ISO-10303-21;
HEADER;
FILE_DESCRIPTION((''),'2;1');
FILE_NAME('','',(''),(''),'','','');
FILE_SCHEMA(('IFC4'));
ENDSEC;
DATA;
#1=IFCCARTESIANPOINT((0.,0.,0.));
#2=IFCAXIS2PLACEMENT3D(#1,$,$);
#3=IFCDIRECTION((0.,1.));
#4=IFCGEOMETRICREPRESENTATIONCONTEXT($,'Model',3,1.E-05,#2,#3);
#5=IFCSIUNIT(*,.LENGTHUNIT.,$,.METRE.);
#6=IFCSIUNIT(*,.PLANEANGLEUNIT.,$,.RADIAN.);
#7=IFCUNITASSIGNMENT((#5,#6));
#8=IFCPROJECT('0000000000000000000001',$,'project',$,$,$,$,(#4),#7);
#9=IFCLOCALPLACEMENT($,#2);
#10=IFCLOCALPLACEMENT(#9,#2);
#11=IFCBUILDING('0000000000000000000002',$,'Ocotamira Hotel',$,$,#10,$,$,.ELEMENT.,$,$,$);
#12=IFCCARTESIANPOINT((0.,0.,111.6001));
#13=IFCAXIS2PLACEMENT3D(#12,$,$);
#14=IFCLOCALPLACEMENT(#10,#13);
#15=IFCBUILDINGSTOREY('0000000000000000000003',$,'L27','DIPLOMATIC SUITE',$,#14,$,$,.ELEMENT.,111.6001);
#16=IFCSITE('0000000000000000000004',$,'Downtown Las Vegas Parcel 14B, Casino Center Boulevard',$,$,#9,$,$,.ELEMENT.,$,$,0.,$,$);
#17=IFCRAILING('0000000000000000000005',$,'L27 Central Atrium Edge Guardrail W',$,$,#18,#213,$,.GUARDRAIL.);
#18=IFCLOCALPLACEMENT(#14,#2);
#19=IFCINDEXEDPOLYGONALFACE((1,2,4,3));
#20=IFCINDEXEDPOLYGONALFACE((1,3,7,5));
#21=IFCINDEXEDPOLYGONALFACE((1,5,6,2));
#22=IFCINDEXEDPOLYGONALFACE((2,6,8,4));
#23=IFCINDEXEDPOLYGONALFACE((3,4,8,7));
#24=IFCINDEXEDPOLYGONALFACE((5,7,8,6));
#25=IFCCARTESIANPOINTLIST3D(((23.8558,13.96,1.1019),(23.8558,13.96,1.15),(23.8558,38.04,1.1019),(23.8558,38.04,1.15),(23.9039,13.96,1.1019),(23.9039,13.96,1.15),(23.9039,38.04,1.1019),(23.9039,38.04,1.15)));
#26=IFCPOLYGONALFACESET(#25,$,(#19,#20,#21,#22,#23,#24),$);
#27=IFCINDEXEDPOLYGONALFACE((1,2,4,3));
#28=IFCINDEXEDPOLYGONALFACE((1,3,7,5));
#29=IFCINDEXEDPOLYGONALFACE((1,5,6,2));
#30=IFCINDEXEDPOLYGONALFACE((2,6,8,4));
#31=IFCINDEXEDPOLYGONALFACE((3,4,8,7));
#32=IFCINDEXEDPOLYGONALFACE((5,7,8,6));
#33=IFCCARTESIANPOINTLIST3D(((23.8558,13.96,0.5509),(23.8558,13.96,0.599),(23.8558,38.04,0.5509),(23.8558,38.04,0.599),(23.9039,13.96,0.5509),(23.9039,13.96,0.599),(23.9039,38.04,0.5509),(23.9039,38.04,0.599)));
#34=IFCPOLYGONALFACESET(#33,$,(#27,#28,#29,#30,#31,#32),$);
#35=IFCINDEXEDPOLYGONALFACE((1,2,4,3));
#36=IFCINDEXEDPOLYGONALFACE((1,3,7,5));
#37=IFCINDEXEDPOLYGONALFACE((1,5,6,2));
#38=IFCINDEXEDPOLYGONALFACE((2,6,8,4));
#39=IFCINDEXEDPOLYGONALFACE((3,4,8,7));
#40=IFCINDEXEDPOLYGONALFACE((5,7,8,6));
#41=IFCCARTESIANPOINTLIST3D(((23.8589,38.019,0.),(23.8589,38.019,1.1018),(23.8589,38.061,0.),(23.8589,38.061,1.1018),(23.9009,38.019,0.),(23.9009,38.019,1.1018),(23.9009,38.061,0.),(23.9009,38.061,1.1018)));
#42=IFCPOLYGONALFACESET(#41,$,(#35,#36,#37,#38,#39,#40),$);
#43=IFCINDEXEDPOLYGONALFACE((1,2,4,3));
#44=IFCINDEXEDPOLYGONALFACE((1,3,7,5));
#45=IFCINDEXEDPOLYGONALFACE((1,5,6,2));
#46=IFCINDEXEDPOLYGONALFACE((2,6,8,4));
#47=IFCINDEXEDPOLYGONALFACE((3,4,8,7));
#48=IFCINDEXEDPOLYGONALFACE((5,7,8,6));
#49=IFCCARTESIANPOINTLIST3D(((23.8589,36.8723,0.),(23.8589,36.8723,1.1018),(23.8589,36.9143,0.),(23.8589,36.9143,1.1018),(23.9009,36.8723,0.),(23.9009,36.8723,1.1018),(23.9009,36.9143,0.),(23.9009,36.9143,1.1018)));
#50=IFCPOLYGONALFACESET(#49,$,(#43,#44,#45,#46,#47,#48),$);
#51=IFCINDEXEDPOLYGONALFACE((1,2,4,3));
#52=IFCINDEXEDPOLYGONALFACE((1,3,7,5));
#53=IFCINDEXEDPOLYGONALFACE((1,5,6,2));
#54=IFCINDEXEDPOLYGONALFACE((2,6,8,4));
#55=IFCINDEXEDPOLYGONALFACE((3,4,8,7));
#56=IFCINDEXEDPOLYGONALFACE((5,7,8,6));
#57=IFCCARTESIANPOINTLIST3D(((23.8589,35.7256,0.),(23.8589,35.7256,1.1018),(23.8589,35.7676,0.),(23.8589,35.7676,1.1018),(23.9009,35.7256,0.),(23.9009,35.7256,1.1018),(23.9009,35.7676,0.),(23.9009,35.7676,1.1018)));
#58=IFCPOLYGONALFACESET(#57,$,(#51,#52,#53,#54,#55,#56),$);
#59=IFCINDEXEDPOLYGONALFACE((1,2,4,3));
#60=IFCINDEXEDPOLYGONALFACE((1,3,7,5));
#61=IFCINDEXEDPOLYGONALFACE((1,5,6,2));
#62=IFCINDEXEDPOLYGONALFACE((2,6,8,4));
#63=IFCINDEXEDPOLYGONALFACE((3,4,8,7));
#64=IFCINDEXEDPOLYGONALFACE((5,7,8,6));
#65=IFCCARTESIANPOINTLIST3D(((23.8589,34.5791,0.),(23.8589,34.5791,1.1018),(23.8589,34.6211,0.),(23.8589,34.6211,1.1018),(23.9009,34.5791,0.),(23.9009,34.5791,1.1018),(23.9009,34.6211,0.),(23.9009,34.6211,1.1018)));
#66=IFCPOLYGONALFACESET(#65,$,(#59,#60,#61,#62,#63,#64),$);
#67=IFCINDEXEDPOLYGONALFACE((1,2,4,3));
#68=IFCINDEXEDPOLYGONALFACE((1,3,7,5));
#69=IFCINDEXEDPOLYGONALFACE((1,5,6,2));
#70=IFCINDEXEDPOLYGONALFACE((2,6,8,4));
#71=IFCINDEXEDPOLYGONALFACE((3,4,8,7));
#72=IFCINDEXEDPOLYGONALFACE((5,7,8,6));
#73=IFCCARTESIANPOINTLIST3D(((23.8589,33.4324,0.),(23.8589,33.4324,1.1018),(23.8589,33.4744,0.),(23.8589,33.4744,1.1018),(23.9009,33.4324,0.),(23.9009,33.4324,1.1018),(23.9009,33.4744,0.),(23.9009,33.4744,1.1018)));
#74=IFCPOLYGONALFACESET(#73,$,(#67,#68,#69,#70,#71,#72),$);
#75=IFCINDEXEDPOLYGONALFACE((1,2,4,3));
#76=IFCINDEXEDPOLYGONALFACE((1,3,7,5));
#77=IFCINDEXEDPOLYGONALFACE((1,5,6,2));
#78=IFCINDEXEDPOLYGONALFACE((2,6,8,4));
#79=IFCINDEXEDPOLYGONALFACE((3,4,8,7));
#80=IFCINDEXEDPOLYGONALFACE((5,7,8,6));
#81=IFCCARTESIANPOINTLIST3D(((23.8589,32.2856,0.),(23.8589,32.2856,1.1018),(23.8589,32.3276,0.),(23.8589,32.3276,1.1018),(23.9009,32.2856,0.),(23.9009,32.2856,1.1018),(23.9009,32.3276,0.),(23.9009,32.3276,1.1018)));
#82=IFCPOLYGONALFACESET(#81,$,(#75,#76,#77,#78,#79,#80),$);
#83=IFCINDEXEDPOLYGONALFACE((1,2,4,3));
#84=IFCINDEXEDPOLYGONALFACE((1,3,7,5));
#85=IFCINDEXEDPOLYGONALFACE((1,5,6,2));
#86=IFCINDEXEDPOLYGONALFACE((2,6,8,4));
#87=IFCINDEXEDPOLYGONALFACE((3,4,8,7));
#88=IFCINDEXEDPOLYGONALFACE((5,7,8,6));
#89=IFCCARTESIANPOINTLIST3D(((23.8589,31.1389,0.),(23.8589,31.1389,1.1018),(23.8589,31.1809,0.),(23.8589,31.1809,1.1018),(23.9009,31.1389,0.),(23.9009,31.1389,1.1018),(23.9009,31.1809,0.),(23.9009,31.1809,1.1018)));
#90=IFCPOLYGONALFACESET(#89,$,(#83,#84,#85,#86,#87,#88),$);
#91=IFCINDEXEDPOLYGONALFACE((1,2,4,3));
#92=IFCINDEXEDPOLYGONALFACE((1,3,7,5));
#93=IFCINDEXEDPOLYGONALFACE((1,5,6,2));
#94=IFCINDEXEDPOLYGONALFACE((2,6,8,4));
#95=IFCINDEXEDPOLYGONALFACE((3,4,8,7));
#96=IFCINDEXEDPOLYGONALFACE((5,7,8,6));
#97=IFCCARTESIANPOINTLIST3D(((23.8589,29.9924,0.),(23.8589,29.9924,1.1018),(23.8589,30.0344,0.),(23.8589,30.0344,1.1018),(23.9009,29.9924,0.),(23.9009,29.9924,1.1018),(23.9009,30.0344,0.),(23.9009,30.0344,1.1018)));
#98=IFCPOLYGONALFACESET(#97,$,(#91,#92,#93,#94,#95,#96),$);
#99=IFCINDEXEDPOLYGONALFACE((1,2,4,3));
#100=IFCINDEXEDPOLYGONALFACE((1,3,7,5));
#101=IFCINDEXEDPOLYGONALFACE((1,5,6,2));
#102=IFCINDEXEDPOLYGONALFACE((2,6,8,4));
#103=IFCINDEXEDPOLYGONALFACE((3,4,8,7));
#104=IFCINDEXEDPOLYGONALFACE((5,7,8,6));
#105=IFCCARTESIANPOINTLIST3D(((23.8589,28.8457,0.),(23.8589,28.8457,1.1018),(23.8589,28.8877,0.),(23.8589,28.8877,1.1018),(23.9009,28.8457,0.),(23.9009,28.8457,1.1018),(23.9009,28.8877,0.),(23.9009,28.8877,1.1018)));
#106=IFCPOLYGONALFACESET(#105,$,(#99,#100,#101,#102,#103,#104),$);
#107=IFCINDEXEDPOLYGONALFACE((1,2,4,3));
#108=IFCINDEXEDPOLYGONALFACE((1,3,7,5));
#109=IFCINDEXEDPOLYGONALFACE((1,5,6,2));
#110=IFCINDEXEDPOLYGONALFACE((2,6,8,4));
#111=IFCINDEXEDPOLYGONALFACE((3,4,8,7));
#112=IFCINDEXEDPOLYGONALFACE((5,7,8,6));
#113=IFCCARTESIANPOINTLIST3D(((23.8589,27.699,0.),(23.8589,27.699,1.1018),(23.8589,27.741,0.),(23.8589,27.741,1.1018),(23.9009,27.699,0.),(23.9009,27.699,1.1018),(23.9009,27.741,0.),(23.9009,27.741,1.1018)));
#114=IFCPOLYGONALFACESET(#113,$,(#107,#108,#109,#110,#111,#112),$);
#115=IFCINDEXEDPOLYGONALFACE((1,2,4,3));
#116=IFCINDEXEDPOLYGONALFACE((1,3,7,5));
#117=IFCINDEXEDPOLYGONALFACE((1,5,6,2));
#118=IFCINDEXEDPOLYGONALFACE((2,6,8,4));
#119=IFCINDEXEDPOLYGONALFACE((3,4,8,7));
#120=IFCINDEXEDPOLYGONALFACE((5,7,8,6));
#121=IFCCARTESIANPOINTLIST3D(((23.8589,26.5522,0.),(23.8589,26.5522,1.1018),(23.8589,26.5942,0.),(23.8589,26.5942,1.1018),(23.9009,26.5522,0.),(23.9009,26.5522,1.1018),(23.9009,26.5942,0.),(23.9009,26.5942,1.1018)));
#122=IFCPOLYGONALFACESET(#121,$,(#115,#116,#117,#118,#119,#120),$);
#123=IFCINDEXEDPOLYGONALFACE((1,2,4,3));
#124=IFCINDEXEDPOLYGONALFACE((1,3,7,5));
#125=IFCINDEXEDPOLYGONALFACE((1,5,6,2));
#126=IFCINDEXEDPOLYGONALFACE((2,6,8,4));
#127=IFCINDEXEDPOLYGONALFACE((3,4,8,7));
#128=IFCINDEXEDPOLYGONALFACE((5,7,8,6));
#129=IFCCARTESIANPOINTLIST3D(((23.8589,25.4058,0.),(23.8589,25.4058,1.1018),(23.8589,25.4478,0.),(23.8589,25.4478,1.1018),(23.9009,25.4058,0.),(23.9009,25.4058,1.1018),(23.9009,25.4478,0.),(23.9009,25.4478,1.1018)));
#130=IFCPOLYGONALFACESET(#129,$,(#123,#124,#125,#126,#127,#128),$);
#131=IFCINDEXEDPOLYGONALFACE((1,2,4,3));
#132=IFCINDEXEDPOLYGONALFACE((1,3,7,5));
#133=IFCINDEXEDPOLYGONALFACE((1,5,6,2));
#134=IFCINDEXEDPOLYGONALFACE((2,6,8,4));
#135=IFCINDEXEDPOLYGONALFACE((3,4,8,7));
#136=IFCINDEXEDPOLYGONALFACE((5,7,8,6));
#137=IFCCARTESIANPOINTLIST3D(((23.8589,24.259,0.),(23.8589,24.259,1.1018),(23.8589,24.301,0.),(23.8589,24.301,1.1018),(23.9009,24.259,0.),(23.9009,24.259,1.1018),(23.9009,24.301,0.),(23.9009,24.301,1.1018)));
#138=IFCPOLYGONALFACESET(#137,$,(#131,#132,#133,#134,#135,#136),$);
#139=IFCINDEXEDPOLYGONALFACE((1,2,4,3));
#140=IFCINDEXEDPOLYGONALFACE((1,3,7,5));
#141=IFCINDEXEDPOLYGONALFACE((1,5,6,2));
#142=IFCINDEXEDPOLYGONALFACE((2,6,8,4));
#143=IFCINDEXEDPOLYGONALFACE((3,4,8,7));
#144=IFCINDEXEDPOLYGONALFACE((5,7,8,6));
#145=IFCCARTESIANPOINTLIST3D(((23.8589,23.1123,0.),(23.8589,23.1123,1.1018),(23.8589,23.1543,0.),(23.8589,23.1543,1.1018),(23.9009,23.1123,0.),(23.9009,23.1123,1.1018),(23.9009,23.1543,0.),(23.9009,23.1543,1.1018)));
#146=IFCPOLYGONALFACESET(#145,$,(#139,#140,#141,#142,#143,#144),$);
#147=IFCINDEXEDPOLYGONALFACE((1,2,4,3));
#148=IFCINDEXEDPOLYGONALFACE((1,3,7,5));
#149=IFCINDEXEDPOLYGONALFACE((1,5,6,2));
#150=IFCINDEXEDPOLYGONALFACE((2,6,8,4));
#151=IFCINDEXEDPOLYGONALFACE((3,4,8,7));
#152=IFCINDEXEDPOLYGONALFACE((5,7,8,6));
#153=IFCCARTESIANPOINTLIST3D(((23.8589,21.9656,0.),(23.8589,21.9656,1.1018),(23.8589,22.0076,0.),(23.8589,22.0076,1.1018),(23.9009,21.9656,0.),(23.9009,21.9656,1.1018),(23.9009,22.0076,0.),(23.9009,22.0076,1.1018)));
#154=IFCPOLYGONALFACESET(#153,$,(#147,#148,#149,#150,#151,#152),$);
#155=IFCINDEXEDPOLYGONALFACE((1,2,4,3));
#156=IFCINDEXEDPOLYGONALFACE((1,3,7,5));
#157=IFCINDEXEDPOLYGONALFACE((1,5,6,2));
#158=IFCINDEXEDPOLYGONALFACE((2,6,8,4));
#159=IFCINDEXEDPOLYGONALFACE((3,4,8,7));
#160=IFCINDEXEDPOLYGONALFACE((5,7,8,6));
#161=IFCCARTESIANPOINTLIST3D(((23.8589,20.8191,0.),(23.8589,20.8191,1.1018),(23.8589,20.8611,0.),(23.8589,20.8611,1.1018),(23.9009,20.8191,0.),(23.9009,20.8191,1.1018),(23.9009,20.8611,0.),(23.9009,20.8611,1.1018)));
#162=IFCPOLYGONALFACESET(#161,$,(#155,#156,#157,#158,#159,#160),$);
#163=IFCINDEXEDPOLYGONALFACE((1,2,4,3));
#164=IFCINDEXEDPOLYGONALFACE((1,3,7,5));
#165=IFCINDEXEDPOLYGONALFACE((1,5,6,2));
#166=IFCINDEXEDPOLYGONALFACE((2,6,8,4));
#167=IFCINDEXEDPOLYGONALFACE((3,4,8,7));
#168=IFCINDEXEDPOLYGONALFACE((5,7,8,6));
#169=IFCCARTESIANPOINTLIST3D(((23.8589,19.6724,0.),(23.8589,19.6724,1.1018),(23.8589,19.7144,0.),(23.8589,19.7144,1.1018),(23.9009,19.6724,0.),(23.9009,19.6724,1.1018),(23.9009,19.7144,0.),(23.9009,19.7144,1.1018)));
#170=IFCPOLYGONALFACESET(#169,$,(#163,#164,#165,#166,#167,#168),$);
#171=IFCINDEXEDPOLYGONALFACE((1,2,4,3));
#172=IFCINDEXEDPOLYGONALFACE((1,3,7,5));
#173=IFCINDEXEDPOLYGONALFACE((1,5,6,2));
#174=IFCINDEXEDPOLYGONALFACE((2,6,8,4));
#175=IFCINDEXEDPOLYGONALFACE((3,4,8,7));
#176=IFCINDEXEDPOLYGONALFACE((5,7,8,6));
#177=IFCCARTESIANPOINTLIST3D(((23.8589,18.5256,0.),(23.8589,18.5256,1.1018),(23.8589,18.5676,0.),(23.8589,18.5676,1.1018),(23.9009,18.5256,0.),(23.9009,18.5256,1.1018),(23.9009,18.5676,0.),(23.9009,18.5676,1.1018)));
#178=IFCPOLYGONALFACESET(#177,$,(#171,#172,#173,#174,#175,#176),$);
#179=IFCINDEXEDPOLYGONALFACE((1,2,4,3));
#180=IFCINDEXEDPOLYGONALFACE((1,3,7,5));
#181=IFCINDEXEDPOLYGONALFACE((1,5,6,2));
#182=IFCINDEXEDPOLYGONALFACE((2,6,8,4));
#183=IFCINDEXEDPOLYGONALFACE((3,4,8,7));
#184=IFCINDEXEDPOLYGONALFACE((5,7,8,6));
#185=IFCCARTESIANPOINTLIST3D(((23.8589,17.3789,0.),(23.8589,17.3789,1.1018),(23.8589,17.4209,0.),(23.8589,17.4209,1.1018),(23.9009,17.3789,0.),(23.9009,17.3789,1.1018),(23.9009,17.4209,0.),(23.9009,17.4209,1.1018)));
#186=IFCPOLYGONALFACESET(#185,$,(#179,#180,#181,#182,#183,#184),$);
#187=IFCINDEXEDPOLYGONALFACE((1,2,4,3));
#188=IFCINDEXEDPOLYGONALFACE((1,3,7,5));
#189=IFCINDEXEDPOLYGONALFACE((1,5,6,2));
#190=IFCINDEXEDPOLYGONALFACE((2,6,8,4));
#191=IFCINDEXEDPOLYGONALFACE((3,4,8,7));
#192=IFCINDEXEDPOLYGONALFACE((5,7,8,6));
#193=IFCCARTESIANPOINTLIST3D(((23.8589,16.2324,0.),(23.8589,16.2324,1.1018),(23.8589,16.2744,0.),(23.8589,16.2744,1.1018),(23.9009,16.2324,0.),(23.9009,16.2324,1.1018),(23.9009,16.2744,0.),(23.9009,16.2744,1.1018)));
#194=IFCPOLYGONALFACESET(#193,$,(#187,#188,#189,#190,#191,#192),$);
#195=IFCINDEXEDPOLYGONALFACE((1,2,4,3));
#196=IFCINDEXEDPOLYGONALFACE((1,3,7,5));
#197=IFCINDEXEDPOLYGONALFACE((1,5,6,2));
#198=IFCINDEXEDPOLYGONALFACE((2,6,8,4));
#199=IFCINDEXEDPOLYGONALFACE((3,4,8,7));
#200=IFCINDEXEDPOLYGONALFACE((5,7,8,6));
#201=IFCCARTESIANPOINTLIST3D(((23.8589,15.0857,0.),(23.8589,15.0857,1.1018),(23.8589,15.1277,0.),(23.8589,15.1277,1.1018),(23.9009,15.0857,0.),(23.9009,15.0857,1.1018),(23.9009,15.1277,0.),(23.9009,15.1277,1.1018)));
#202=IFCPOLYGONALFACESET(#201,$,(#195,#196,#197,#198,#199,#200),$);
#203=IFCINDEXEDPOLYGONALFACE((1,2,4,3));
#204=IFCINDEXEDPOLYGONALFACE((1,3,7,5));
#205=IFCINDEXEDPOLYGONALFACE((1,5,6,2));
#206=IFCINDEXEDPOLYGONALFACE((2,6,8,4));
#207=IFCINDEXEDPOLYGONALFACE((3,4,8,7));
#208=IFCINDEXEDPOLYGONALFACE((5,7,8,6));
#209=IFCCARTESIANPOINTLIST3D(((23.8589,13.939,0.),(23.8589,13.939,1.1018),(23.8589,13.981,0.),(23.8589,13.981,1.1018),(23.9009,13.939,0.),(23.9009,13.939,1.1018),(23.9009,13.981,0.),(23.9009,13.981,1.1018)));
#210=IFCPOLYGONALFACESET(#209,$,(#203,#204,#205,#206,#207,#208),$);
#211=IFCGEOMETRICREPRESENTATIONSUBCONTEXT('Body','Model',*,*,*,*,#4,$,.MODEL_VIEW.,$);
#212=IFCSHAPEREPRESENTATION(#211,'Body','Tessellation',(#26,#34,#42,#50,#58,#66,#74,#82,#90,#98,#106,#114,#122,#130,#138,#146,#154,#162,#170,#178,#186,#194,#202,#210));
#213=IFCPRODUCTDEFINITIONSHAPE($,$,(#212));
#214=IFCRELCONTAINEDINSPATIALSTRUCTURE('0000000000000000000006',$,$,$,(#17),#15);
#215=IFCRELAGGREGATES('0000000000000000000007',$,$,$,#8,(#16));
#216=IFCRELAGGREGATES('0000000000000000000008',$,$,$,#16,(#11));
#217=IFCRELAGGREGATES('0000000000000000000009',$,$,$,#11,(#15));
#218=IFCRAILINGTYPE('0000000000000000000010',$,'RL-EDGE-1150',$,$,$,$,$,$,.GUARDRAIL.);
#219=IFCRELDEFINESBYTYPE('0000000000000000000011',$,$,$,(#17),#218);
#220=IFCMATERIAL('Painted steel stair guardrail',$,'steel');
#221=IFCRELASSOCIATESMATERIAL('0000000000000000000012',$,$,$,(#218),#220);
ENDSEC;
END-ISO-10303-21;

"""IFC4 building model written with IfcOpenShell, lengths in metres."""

from ifc_helpers import new_model, si_unit, direction, frame, origin, origin_2d, place, context, subcontext, project, spatial, rectangle, extrude, material, type_object, element, save


model = new_model("IFC4")

# Units and contexts
model_context = context("Model", 3, precision=1e-05, world=origin(), true_north=direction((0.0, 1.0)))
body_context = subcontext(model_context, "Body", "Model", "MODEL_VIEW")
ifc_project = project(units=[si_unit("LENGTHUNIT", "METRE"), si_unit("PLANEANGLEUNIT", "RADIAN")], contexts=[model_context])

# Site, building, storey
site_placement = place(None, origin())
site = spatial("IfcSite", under=ifc_project, at=site_placement, Name="Downtown Las Vegas Parcel 14B, Casino Center Boulevard", CompositionType="ELEMENT", RefElevation=0.0)
building_placement = place(site_placement, origin())
building = spatial("IfcBuilding", under=site, at=building_placement, Name="Ocotamira Hotel", CompositionType="ELEMENT")
storey_placement = place(building_placement, frame((0.0, 0.0, 111.6001)))
storey = spatial("IfcBuildingStorey", under=building, at=storey_placement, Name="L27", Description="DIPLOMATIC SUITE", CompositionType="ELEMENT", Elevation=111.6001)

# Railing
ifc_material_1 = material(Name="Painted steel stair guardrail", Category="steel")
railing_type = type_object("IfcRailingType", Name="RL-EDGE-1150", PredefinedType="GUARDRAIL", material=ifc_material_1)
railing_placement = place(storey_placement, frame((23.8799, 38.04, 0.0)))
element("IfcRailing", 1, at=railing_placement, inside=storey, type_object=railing_type, Name="L27 Central Atrium Edge Guardrail W", PredefinedType="GUARDRAIL", context=body_context, shape_type="SweptSolid", body=[
    extrude(rectangle(XDim=0.0481, YDim=0.0481, at=origin_2d()), frame((0.0, 0.0, 1.126), z_axis=(0.0, -1.0, 0.0), x_axis=(1.0, 0.0, 0.0)), (0.0, 0.0, 1.0), 24.0801),
    extrude(rectangle(XDim=0.0481, YDim=0.0481, at=origin_2d()), frame((0.0, 0.0, 0.575), z_axis=(0.0, -1.0, 0.0), x_axis=(1.0, 0.0, 0.0)), (0.0, 0.0, 1.0), 24.0801),
    extrude(rectangle(XDim=0.042, YDim=0.042, at=origin_2d()), origin(), (0.0, 0.0, 1.0), 1.1018),
    extrude(rectangle(XDim=0.042, YDim=0.042, at=origin_2d()), frame((0.0, -1.1467, 0.0)), (0.0, 0.0, 1.0), 1.1018),
    extrude(rectangle(XDim=0.042, YDim=0.042, at=origin_2d()), frame((0.0, -2.2935, 0.0)), (0.0, 0.0, 1.0), 1.1018),
    extrude(rectangle(XDim=0.042, YDim=0.042, at=origin_2d()), frame((0.0, -3.4399, 0.0)), (0.0, 0.0, 1.0), 1.1018),
    extrude(rectangle(XDim=0.042, YDim=0.042, at=origin_2d()), frame((0.0, -4.5867, 0.0)), (0.0, 0.0, 1.0), 1.1018),
    extrude(rectangle(XDim=0.042, YDim=0.042, at=origin_2d()), frame((0.0, -5.7334, 0.0)), (0.0, 0.0, 1.0), 1.1018),
    extrude(rectangle(XDim=0.042, YDim=0.042, at=origin_2d()), frame((0.0, -6.8801, 0.0)), (0.0, 0.0, 1.0), 1.1018),
    extrude(rectangle(XDim=0.042, YDim=0.042, at=origin_2d()), frame((0.0, -8.0266, 0.0)), (0.0, 0.0, 1.0), 1.1018),
    extrude(rectangle(XDim=0.042, YDim=0.042, at=origin_2d()), frame((0.0, -9.1733, 0.0)), (0.0, 0.0, 1.0), 1.1018),
    extrude(rectangle(XDim=0.042, YDim=0.042, at=origin_2d()), frame((0.0, -10.3201, 0.0)), (0.0, 0.0, 1.0), 1.1018),
    extrude(rectangle(XDim=0.042, YDim=0.042, at=origin_2d()), frame((0.0, -11.4668, 0.0)), (0.0, 0.0, 1.0), 1.1018),
    extrude(rectangle(XDim=0.042, YDim=0.042, at=origin_2d()), frame((0.0, -12.6133, 0.0)), (0.0, 0.0, 1.0), 1.1018),
    extrude(rectangle(XDim=0.042, YDim=0.042, at=origin_2d()), frame((0.0, -13.76, 0.0)), (0.0, 0.0, 1.0), 1.1018),
    extrude(rectangle(XDim=0.042, YDim=0.042, at=origin_2d()), frame((0.0, -14.9067, 0.0)), (0.0, 0.0, 1.0), 1.1018),
    extrude(rectangle(XDim=0.042, YDim=0.042, at=origin_2d()), frame((0.0, -16.0535, 0.0)), (0.0, 0.0, 1.0), 1.1018),
    extrude(rectangle(XDim=0.042, YDim=0.042, at=origin_2d()), frame((0.0, -17.2, 0.0)), (0.0, 0.0, 1.0), 1.1018),
    extrude(rectangle(XDim=0.042, YDim=0.042, at=origin_2d()), frame((0.0, -18.3467, 0.0)), (0.0, 0.0, 1.0), 1.1018),
    extrude(rectangle(XDim=0.042, YDim=0.042, at=origin_2d()), frame((0.0, -19.4934, 0.0)), (0.0, 0.0, 1.0), 1.1018),
    extrude(rectangle(XDim=0.042, YDim=0.042, at=origin_2d()), frame((0.0, -20.6401, 0.0)), (0.0, 0.0, 1.0), 1.1018),
    extrude(rectangle(XDim=0.042, YDim=0.042, at=origin_2d()), frame((0.0, -21.7866, 0.0)), (0.0, 0.0, 1.0), 1.1018),
    extrude(rectangle(XDim=0.042, YDim=0.042, at=origin_2d()), frame((0.0, -22.9333, 0.0)), (0.0, 0.0, 1.0), 1.1018),
    extrude(rectangle(XDim=0.042, YDim=0.042, at=origin_2d()), frame((0.0, -24.0801, 0.0)), (0.0, 0.0, 1.0), 1.1018),
])

save(model, "model.ifc")
